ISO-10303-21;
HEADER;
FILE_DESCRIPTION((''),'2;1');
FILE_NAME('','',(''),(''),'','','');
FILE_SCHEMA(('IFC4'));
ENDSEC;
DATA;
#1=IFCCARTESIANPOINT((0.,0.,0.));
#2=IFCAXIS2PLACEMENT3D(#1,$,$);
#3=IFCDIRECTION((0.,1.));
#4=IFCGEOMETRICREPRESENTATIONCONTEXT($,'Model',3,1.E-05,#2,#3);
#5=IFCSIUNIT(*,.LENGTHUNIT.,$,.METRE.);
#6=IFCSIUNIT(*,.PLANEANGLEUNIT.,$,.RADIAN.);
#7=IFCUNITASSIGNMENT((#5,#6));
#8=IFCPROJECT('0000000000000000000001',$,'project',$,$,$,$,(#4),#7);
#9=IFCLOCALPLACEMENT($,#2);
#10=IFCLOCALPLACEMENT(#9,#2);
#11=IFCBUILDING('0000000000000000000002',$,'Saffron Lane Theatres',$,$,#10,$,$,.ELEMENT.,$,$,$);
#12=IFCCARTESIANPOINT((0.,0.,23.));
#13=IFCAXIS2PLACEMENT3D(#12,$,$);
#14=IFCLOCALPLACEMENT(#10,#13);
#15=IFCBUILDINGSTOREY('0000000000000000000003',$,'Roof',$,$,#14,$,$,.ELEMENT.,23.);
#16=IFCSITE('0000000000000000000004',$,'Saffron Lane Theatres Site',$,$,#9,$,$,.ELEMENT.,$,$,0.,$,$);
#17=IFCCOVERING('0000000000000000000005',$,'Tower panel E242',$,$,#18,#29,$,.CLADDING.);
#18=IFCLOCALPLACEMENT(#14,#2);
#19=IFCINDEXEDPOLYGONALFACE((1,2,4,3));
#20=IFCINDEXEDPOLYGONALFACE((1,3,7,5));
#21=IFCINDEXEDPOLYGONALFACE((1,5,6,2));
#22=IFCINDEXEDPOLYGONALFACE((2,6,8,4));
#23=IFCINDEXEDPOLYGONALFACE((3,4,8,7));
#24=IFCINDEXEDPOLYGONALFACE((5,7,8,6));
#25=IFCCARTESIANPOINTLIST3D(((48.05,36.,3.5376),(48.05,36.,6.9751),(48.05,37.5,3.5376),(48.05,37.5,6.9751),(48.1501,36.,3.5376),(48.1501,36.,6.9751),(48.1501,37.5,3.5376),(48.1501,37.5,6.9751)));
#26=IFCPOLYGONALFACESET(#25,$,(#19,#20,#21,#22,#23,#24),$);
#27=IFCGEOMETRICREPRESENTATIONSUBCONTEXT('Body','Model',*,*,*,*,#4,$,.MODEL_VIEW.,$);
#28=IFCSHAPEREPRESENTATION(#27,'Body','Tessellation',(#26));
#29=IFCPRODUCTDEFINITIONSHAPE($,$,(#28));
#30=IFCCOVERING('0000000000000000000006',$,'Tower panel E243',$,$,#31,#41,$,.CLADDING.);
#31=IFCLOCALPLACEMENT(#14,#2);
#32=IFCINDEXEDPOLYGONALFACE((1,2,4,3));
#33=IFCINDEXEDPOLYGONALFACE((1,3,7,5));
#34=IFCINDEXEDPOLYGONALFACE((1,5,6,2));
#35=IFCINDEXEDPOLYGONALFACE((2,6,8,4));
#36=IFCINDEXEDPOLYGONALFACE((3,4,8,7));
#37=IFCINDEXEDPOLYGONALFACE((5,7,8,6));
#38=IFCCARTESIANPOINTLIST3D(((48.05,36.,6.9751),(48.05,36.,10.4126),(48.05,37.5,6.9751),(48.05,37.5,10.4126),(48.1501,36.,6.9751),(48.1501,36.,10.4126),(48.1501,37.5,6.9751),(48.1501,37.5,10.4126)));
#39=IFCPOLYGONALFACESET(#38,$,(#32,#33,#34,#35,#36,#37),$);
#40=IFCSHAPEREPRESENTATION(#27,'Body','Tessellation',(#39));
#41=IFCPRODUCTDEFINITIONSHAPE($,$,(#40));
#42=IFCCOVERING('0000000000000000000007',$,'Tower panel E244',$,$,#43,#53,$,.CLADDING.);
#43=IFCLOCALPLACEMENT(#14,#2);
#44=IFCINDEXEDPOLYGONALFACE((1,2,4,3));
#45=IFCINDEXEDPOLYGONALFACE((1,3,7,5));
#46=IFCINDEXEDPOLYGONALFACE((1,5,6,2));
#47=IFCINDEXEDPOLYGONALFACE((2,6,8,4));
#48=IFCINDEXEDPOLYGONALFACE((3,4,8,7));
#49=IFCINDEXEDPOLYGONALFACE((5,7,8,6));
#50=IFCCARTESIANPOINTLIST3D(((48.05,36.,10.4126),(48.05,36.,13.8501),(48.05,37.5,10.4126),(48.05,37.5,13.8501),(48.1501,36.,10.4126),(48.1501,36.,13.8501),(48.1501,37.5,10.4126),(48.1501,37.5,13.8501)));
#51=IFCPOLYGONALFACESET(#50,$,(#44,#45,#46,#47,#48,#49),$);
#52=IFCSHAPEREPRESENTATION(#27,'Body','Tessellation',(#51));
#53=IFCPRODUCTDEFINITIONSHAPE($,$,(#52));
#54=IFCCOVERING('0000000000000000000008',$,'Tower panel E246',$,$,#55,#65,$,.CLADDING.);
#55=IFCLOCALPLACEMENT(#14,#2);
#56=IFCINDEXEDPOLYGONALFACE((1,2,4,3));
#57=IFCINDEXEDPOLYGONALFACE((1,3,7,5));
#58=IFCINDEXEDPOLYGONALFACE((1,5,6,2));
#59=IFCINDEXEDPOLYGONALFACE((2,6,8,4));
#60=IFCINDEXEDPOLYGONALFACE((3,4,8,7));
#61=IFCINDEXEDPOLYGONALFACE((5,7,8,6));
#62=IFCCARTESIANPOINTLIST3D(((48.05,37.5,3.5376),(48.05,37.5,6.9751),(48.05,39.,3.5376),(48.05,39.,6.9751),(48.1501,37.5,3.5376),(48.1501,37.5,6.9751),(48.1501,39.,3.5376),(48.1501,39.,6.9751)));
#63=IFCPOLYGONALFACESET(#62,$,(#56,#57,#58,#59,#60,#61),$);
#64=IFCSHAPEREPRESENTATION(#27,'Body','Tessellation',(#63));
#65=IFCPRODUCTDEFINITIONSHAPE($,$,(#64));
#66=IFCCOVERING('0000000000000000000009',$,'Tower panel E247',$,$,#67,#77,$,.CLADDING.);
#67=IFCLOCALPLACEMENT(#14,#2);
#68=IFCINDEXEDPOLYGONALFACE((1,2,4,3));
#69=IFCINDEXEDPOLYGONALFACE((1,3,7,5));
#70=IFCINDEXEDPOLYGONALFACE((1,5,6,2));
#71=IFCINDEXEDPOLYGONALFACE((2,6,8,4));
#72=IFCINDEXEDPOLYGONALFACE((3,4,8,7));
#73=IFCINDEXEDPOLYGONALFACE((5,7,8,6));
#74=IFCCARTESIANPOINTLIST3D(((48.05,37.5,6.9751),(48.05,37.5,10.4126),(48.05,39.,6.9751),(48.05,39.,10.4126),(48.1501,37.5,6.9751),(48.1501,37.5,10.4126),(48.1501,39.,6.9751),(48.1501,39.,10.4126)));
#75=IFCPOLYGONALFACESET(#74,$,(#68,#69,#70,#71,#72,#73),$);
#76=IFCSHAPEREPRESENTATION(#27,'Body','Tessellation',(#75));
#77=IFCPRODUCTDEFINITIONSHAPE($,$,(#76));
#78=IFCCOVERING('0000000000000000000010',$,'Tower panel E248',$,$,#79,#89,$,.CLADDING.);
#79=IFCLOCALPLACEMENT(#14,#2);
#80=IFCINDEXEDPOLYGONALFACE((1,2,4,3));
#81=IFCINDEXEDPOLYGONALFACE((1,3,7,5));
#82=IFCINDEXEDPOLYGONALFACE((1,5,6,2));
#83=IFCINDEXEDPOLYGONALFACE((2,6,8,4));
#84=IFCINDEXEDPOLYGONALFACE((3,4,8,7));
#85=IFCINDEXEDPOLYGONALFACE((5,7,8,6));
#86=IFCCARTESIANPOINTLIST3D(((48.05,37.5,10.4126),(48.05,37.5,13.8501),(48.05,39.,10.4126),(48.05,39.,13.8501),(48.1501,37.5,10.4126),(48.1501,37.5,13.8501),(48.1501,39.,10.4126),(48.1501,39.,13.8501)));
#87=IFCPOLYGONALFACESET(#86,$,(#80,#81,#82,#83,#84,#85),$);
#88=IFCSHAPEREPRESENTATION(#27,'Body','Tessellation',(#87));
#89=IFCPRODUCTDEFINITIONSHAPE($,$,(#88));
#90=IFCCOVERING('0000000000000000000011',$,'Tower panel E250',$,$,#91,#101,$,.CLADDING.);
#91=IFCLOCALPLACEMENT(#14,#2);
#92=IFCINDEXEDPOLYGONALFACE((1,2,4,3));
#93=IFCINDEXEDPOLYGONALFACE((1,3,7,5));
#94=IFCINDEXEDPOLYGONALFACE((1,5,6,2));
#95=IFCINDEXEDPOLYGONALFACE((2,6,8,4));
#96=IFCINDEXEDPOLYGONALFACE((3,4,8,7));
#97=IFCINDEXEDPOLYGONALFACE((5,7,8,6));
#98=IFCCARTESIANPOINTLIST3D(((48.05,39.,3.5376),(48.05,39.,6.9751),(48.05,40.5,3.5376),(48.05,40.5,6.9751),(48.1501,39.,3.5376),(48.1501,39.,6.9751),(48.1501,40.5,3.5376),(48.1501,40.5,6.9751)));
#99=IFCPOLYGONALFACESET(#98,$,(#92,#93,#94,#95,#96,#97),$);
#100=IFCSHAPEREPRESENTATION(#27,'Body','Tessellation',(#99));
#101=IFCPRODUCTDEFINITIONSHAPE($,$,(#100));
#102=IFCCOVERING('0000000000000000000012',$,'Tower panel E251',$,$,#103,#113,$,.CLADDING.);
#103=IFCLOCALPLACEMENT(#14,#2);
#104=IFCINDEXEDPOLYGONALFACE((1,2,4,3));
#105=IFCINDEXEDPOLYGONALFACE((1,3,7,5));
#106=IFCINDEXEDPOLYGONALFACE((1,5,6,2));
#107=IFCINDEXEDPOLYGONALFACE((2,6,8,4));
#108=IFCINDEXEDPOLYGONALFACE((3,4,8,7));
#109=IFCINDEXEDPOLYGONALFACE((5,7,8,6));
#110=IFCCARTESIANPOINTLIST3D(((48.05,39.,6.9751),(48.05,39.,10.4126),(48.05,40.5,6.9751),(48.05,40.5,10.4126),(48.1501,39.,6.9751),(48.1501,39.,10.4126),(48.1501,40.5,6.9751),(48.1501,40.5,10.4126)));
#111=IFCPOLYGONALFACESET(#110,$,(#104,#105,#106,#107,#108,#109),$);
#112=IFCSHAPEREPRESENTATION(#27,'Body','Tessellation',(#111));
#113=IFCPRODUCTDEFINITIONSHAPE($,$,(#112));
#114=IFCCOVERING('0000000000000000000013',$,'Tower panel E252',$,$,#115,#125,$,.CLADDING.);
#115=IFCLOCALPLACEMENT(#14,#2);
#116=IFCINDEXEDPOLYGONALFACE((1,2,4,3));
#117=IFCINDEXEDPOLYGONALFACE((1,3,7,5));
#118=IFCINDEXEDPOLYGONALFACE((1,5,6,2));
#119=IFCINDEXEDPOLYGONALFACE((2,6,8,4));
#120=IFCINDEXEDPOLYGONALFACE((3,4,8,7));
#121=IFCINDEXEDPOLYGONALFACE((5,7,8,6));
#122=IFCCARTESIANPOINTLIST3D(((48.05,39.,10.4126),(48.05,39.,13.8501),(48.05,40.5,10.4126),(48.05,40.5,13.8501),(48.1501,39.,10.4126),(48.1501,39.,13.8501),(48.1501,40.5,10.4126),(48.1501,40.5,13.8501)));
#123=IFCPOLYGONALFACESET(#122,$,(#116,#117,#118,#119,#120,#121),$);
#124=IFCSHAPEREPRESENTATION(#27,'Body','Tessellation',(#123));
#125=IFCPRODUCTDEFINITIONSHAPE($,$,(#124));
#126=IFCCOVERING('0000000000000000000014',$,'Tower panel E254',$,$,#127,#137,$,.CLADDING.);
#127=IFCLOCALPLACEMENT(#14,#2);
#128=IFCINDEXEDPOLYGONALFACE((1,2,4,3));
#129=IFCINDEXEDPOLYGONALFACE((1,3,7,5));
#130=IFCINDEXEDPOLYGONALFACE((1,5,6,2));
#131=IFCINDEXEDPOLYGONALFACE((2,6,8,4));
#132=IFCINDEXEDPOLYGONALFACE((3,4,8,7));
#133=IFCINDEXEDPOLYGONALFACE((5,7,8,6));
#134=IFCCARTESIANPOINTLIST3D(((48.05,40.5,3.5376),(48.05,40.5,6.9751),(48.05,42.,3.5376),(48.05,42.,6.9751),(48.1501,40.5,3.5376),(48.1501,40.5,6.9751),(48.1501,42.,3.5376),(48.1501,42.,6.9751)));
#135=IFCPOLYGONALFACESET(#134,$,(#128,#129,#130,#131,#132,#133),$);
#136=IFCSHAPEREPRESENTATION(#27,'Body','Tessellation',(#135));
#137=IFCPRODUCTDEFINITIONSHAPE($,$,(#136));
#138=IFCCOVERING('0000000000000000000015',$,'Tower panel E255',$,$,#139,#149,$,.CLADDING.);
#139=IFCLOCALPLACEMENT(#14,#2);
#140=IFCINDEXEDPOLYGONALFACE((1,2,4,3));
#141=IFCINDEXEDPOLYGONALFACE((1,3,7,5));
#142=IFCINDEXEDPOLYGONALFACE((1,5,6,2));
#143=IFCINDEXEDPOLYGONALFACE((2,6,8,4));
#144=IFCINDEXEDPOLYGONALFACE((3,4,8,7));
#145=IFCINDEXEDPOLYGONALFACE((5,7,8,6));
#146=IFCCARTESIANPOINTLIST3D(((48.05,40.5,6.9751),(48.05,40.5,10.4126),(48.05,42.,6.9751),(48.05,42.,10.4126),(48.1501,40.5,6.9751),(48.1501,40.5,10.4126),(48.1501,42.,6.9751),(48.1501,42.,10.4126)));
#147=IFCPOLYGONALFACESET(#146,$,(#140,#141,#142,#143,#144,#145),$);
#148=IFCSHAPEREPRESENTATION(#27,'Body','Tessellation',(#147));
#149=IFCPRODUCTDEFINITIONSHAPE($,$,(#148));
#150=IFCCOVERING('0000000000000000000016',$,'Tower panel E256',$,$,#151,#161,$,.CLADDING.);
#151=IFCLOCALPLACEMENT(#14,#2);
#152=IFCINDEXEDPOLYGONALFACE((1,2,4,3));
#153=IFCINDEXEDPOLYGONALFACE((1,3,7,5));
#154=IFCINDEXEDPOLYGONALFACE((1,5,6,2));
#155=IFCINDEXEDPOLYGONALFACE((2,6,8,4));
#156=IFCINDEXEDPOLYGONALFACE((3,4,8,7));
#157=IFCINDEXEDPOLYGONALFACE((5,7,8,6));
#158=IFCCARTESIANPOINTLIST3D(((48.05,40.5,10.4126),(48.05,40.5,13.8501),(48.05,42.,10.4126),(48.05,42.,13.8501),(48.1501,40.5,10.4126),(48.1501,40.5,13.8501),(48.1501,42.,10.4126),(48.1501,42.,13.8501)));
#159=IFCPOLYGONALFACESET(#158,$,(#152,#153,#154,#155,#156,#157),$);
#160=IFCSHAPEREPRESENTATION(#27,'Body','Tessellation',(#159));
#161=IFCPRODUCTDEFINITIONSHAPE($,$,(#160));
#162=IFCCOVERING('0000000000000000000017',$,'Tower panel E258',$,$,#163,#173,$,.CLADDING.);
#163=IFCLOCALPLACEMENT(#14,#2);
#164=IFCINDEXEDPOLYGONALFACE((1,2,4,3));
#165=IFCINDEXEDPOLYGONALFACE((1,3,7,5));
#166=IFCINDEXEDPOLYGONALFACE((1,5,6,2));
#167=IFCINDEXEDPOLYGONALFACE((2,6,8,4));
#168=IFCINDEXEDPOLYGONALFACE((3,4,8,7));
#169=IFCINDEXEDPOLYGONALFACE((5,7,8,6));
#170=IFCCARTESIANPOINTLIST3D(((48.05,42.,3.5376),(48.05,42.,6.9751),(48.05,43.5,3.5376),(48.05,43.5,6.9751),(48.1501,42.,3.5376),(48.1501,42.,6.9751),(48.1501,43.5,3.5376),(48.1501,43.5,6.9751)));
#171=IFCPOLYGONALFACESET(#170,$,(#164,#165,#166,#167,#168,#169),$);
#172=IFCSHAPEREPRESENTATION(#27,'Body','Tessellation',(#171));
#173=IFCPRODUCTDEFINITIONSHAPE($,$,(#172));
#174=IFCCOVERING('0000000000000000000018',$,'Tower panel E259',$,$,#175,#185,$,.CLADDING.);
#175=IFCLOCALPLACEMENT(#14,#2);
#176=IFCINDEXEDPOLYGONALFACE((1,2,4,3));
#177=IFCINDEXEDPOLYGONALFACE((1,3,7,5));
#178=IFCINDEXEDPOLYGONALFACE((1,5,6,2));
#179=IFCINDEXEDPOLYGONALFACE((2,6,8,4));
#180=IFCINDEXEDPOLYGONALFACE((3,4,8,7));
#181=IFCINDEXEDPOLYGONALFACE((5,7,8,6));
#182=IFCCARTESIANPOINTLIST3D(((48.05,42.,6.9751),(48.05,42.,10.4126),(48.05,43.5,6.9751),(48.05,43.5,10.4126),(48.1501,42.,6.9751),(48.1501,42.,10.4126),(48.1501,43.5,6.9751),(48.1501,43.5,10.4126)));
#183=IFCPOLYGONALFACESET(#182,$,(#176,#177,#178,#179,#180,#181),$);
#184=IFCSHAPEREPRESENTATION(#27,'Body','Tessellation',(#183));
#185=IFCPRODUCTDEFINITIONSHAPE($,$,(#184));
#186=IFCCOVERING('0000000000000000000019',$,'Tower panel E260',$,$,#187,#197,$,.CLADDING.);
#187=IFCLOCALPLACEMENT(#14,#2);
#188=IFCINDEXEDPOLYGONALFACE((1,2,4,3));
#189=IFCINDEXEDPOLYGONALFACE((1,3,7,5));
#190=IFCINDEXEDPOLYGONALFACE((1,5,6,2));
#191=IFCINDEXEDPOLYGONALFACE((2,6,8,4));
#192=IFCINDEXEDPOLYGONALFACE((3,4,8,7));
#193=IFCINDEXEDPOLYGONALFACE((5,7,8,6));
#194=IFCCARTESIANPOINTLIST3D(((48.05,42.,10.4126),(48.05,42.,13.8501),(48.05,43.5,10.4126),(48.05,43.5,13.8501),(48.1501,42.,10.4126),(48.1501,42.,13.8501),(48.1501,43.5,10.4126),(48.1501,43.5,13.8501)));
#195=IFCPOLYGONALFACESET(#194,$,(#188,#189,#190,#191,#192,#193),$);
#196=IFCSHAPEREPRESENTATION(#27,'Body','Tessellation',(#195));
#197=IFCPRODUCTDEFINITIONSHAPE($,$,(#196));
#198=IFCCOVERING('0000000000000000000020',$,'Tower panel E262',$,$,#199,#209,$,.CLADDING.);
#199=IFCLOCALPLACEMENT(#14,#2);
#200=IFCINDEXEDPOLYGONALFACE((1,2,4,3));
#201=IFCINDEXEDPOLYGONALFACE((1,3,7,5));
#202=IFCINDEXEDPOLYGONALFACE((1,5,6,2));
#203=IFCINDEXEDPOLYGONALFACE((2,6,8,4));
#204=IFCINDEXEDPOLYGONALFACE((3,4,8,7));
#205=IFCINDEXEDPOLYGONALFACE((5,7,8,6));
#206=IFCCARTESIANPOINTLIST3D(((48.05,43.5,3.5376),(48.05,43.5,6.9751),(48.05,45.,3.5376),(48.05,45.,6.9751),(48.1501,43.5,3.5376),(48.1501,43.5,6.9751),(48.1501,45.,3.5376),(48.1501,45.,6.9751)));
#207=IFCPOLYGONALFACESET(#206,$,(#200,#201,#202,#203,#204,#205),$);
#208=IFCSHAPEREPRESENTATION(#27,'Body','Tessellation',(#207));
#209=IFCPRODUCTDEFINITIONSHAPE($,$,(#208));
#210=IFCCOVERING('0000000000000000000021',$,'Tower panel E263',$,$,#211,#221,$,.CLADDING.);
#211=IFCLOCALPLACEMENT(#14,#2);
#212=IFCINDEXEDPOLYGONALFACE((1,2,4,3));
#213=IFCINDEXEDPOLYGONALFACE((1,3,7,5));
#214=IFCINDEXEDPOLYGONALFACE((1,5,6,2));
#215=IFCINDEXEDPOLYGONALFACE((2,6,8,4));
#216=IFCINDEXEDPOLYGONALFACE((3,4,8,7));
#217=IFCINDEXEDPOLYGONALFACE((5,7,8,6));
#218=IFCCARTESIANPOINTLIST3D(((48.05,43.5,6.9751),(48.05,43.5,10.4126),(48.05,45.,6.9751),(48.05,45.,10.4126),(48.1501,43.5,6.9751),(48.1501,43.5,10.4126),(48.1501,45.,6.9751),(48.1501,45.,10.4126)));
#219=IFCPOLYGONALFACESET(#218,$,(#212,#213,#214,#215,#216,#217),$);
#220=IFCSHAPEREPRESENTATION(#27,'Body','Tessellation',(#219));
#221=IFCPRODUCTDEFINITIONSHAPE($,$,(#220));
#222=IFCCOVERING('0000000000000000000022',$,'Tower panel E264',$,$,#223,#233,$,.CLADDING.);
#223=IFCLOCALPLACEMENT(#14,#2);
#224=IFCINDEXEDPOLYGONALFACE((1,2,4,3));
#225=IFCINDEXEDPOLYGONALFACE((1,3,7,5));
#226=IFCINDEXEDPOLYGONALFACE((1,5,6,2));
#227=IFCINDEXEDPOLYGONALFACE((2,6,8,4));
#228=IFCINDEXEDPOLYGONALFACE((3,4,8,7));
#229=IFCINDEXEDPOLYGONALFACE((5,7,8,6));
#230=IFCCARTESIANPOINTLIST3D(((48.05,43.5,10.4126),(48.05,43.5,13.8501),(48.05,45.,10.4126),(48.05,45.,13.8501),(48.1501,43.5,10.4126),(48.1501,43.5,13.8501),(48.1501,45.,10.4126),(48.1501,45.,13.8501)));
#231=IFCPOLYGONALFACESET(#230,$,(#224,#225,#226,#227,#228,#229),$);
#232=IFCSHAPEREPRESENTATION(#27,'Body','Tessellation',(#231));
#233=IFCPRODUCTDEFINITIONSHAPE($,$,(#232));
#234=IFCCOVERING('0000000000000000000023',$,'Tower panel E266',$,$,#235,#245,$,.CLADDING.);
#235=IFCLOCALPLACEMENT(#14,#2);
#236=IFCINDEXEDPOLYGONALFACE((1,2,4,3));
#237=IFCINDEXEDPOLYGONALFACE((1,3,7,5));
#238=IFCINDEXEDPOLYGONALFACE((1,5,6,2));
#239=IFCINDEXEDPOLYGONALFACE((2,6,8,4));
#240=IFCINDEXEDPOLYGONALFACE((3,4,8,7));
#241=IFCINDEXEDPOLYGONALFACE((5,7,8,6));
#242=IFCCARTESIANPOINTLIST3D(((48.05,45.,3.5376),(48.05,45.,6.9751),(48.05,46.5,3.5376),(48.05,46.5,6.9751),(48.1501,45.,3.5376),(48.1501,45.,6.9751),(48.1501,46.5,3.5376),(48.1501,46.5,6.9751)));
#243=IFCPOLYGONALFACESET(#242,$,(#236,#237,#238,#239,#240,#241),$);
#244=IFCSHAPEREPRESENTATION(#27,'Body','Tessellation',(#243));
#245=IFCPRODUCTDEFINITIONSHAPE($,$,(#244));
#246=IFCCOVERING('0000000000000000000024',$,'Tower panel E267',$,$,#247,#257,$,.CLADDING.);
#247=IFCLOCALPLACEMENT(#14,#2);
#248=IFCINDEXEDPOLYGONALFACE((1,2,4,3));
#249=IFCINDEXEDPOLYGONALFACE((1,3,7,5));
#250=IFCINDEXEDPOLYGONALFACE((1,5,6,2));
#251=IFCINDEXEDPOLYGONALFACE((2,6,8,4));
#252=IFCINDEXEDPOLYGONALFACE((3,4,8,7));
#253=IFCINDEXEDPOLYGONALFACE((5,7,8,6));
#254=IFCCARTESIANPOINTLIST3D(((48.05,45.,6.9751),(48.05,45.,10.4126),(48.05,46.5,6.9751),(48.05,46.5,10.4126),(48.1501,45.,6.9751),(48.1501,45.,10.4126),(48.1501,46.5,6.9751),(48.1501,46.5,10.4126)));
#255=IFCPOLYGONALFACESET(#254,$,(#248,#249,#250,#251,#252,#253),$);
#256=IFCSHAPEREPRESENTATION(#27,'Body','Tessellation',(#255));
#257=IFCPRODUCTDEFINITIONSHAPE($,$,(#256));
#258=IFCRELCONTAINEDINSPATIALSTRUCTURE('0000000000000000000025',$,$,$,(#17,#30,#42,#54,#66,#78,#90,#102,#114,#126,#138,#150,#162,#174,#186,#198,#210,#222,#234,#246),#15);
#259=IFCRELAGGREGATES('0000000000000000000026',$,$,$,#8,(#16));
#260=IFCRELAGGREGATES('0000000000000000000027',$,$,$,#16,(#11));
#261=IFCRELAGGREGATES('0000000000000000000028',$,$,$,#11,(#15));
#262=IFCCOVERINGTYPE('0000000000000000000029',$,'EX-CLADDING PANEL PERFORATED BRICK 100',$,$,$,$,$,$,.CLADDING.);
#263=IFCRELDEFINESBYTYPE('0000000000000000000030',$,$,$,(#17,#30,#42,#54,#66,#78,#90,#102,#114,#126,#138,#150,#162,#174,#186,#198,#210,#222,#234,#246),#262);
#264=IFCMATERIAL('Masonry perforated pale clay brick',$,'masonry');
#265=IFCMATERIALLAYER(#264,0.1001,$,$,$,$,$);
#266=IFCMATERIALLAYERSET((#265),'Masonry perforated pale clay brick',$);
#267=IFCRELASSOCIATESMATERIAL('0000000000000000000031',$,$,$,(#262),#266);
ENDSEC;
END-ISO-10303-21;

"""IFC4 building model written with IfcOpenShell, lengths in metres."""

from ifc_helpers import new_model, si_unit, direction, frame, origin, origin_2d, place, context, subcontext, project, spatial, rectangle, extrude, material, layer, layer_set, type_object, element, save


model = new_model("IFC4")

# Units and contexts
model_context = context("Model", 3, precision=1e-05, world=origin(), true_north=direction((0.0, 1.0)))
body_context = subcontext(model_context, "Body", "Model", "MODEL_VIEW")
ifc_project = project(units=[si_unit("LENGTHUNIT", "METRE"), si_unit("PLANEANGLEUNIT", "RADIAN")], contexts=[model_context])

# Site, building, storey
site_placement = place(None, origin())
site = spatial("IfcSite", under=ifc_project, at=site_placement, Name="Saffron Lane Theatres Site", CompositionType="ELEMENT", RefElevation=0.0)
building_placement = place(site_placement, origin())
building = spatial("IfcBuilding", under=site, at=building_placement, Name="Saffron Lane Theatres", CompositionType="ELEMENT")
storey_placement = place(building_placement, frame((0.0, 0.0, 23.0)))
storey = spatial("IfcBuildingStorey", under=building, at=storey_placement, Name="Roof", CompositionType="ELEMENT", Elevation=23.0)

# Coverings
ifc_material_1 = material(Name="Masonry perforated pale clay brick", Category="masonry")
ifc_layer_1 = layer(ifc_material_1, 0.1001)
ifc_layer_set_1 = layer_set([ifc_layer_1], Name="Masonry perforated pale clay brick")
covering_type_1 = type_object("IfcCoveringType", Name="EX-CLADDING PANEL PERFORATED BRICK 100", PredefinedType="CLADDING", material=ifc_layer_set_1)
for number, where, z_axis, x_axis, name in (
    (1, (48.1001, 36.75, 3.5376), (0.0, 0.0, 1.0), (0.0, 1.0, 0.0), "Tower panel E242"),
    (2, (48.1001, 36.75, 6.9751), (0.0, 0.0, 1.0), (0.0, 1.0, 0.0), "Tower panel E243"),
    (3, (48.1001, 36.75, 10.4126), (0.0, 0.0, 1.0), (0.0, 1.0, 0.0), "Tower panel E244"),
    (4, (48.1001, 38.25, 3.5376), (0.0, 0.0, 1.0), (0.0, 1.0, 0.0), "Tower panel E246"),
    (5, (48.1001, 38.25, 6.9751), (0.0, 0.0, 1.0), (0.0, 1.0, 0.0), "Tower panel E247"),
    (6, (48.1001, 38.25, 10.4126), (0.0, 0.0, 1.0), (0.0, 1.0, 0.0), "Tower panel E248"),
    (7, (48.1001, 39.75, 3.5376), (0.0, 0.0, 1.0), (0.0, 1.0, 0.0), "Tower panel E250"),
    (8, (48.1001, 39.75, 6.9751), (0.0, 0.0, 1.0), (0.0, 1.0, 0.0), "Tower panel E251"),
    (9, (48.1001, 39.75, 10.4126), (0.0, 0.0, 1.0), (0.0, 1.0, 0.0), "Tower panel E252"),
    (10, (48.1001, 41.25, 3.5376), (0.0, 0.0, 1.0), (0.0, 1.0, 0.0), "Tower panel E254"),
    (11, (48.1001, 41.25, 6.9751), (0.0, 0.0, 1.0), (0.0, 1.0, 0.0), "Tower panel E255"),
    (12, (48.1001, 41.25, 10.4126), (0.0, 0.0, 1.0), (0.0, 1.0, 0.0), "Tower panel E256"),
    (13, (48.1001, 42.75, 3.5376), (0.0, 0.0, 1.0), (0.0, 1.0, 0.0), "Tower panel E258"),
    (14, (48.1001, 42.75, 6.9751), (0.0, 0.0, 1.0), (0.0, 1.0, 0.0), "Tower panel E259"),
    (15, (48.1001, 42.75, 10.4126), (0.0, 0.0, 1.0), (0.0, 1.0, 0.0), "Tower panel E260"),
    (16, (48.1001, 44.25, 3.5376), (0.0, 0.0, 1.0), (0.0, 1.0, 0.0), "Tower panel E262"),
    (17, (48.1001, 44.25, 6.9751), (0.0, 0.0, 1.0), (0.0, 1.0, 0.0), "Tower panel E263"),
    (18, (48.1001, 44.25, 10.4126), (0.0, 0.0, 1.0), (0.0, 1.0, 0.0), "Tower panel E264"),
    (19, (48.1001, 45.75, 3.5376), (0.0, 0.0, 1.0), (0.0, 1.0, 0.0), "Tower panel E266"),
    (20, (48.1001, 45.75, 6.9751), (0.0, 0.0, 1.0), (0.0, 1.0, 0.0), "Tower panel E267"),
):
    element("IfcCovering", number, at=place(storey_placement, frame(where, z_axis=z_axis, x_axis=x_axis)), inside=storey, type_object=covering_type_1, Name=name, PredefinedType="CLADDING", context=body_context, shape_type="SweptSolid", body=[
        extrude(rectangle(XDim=1.5, YDim=0.1001, at=origin_2d()), origin(), (0.0, 0.0, 1.0), 3.4375),
    ])

save(model, "model.ifc")
